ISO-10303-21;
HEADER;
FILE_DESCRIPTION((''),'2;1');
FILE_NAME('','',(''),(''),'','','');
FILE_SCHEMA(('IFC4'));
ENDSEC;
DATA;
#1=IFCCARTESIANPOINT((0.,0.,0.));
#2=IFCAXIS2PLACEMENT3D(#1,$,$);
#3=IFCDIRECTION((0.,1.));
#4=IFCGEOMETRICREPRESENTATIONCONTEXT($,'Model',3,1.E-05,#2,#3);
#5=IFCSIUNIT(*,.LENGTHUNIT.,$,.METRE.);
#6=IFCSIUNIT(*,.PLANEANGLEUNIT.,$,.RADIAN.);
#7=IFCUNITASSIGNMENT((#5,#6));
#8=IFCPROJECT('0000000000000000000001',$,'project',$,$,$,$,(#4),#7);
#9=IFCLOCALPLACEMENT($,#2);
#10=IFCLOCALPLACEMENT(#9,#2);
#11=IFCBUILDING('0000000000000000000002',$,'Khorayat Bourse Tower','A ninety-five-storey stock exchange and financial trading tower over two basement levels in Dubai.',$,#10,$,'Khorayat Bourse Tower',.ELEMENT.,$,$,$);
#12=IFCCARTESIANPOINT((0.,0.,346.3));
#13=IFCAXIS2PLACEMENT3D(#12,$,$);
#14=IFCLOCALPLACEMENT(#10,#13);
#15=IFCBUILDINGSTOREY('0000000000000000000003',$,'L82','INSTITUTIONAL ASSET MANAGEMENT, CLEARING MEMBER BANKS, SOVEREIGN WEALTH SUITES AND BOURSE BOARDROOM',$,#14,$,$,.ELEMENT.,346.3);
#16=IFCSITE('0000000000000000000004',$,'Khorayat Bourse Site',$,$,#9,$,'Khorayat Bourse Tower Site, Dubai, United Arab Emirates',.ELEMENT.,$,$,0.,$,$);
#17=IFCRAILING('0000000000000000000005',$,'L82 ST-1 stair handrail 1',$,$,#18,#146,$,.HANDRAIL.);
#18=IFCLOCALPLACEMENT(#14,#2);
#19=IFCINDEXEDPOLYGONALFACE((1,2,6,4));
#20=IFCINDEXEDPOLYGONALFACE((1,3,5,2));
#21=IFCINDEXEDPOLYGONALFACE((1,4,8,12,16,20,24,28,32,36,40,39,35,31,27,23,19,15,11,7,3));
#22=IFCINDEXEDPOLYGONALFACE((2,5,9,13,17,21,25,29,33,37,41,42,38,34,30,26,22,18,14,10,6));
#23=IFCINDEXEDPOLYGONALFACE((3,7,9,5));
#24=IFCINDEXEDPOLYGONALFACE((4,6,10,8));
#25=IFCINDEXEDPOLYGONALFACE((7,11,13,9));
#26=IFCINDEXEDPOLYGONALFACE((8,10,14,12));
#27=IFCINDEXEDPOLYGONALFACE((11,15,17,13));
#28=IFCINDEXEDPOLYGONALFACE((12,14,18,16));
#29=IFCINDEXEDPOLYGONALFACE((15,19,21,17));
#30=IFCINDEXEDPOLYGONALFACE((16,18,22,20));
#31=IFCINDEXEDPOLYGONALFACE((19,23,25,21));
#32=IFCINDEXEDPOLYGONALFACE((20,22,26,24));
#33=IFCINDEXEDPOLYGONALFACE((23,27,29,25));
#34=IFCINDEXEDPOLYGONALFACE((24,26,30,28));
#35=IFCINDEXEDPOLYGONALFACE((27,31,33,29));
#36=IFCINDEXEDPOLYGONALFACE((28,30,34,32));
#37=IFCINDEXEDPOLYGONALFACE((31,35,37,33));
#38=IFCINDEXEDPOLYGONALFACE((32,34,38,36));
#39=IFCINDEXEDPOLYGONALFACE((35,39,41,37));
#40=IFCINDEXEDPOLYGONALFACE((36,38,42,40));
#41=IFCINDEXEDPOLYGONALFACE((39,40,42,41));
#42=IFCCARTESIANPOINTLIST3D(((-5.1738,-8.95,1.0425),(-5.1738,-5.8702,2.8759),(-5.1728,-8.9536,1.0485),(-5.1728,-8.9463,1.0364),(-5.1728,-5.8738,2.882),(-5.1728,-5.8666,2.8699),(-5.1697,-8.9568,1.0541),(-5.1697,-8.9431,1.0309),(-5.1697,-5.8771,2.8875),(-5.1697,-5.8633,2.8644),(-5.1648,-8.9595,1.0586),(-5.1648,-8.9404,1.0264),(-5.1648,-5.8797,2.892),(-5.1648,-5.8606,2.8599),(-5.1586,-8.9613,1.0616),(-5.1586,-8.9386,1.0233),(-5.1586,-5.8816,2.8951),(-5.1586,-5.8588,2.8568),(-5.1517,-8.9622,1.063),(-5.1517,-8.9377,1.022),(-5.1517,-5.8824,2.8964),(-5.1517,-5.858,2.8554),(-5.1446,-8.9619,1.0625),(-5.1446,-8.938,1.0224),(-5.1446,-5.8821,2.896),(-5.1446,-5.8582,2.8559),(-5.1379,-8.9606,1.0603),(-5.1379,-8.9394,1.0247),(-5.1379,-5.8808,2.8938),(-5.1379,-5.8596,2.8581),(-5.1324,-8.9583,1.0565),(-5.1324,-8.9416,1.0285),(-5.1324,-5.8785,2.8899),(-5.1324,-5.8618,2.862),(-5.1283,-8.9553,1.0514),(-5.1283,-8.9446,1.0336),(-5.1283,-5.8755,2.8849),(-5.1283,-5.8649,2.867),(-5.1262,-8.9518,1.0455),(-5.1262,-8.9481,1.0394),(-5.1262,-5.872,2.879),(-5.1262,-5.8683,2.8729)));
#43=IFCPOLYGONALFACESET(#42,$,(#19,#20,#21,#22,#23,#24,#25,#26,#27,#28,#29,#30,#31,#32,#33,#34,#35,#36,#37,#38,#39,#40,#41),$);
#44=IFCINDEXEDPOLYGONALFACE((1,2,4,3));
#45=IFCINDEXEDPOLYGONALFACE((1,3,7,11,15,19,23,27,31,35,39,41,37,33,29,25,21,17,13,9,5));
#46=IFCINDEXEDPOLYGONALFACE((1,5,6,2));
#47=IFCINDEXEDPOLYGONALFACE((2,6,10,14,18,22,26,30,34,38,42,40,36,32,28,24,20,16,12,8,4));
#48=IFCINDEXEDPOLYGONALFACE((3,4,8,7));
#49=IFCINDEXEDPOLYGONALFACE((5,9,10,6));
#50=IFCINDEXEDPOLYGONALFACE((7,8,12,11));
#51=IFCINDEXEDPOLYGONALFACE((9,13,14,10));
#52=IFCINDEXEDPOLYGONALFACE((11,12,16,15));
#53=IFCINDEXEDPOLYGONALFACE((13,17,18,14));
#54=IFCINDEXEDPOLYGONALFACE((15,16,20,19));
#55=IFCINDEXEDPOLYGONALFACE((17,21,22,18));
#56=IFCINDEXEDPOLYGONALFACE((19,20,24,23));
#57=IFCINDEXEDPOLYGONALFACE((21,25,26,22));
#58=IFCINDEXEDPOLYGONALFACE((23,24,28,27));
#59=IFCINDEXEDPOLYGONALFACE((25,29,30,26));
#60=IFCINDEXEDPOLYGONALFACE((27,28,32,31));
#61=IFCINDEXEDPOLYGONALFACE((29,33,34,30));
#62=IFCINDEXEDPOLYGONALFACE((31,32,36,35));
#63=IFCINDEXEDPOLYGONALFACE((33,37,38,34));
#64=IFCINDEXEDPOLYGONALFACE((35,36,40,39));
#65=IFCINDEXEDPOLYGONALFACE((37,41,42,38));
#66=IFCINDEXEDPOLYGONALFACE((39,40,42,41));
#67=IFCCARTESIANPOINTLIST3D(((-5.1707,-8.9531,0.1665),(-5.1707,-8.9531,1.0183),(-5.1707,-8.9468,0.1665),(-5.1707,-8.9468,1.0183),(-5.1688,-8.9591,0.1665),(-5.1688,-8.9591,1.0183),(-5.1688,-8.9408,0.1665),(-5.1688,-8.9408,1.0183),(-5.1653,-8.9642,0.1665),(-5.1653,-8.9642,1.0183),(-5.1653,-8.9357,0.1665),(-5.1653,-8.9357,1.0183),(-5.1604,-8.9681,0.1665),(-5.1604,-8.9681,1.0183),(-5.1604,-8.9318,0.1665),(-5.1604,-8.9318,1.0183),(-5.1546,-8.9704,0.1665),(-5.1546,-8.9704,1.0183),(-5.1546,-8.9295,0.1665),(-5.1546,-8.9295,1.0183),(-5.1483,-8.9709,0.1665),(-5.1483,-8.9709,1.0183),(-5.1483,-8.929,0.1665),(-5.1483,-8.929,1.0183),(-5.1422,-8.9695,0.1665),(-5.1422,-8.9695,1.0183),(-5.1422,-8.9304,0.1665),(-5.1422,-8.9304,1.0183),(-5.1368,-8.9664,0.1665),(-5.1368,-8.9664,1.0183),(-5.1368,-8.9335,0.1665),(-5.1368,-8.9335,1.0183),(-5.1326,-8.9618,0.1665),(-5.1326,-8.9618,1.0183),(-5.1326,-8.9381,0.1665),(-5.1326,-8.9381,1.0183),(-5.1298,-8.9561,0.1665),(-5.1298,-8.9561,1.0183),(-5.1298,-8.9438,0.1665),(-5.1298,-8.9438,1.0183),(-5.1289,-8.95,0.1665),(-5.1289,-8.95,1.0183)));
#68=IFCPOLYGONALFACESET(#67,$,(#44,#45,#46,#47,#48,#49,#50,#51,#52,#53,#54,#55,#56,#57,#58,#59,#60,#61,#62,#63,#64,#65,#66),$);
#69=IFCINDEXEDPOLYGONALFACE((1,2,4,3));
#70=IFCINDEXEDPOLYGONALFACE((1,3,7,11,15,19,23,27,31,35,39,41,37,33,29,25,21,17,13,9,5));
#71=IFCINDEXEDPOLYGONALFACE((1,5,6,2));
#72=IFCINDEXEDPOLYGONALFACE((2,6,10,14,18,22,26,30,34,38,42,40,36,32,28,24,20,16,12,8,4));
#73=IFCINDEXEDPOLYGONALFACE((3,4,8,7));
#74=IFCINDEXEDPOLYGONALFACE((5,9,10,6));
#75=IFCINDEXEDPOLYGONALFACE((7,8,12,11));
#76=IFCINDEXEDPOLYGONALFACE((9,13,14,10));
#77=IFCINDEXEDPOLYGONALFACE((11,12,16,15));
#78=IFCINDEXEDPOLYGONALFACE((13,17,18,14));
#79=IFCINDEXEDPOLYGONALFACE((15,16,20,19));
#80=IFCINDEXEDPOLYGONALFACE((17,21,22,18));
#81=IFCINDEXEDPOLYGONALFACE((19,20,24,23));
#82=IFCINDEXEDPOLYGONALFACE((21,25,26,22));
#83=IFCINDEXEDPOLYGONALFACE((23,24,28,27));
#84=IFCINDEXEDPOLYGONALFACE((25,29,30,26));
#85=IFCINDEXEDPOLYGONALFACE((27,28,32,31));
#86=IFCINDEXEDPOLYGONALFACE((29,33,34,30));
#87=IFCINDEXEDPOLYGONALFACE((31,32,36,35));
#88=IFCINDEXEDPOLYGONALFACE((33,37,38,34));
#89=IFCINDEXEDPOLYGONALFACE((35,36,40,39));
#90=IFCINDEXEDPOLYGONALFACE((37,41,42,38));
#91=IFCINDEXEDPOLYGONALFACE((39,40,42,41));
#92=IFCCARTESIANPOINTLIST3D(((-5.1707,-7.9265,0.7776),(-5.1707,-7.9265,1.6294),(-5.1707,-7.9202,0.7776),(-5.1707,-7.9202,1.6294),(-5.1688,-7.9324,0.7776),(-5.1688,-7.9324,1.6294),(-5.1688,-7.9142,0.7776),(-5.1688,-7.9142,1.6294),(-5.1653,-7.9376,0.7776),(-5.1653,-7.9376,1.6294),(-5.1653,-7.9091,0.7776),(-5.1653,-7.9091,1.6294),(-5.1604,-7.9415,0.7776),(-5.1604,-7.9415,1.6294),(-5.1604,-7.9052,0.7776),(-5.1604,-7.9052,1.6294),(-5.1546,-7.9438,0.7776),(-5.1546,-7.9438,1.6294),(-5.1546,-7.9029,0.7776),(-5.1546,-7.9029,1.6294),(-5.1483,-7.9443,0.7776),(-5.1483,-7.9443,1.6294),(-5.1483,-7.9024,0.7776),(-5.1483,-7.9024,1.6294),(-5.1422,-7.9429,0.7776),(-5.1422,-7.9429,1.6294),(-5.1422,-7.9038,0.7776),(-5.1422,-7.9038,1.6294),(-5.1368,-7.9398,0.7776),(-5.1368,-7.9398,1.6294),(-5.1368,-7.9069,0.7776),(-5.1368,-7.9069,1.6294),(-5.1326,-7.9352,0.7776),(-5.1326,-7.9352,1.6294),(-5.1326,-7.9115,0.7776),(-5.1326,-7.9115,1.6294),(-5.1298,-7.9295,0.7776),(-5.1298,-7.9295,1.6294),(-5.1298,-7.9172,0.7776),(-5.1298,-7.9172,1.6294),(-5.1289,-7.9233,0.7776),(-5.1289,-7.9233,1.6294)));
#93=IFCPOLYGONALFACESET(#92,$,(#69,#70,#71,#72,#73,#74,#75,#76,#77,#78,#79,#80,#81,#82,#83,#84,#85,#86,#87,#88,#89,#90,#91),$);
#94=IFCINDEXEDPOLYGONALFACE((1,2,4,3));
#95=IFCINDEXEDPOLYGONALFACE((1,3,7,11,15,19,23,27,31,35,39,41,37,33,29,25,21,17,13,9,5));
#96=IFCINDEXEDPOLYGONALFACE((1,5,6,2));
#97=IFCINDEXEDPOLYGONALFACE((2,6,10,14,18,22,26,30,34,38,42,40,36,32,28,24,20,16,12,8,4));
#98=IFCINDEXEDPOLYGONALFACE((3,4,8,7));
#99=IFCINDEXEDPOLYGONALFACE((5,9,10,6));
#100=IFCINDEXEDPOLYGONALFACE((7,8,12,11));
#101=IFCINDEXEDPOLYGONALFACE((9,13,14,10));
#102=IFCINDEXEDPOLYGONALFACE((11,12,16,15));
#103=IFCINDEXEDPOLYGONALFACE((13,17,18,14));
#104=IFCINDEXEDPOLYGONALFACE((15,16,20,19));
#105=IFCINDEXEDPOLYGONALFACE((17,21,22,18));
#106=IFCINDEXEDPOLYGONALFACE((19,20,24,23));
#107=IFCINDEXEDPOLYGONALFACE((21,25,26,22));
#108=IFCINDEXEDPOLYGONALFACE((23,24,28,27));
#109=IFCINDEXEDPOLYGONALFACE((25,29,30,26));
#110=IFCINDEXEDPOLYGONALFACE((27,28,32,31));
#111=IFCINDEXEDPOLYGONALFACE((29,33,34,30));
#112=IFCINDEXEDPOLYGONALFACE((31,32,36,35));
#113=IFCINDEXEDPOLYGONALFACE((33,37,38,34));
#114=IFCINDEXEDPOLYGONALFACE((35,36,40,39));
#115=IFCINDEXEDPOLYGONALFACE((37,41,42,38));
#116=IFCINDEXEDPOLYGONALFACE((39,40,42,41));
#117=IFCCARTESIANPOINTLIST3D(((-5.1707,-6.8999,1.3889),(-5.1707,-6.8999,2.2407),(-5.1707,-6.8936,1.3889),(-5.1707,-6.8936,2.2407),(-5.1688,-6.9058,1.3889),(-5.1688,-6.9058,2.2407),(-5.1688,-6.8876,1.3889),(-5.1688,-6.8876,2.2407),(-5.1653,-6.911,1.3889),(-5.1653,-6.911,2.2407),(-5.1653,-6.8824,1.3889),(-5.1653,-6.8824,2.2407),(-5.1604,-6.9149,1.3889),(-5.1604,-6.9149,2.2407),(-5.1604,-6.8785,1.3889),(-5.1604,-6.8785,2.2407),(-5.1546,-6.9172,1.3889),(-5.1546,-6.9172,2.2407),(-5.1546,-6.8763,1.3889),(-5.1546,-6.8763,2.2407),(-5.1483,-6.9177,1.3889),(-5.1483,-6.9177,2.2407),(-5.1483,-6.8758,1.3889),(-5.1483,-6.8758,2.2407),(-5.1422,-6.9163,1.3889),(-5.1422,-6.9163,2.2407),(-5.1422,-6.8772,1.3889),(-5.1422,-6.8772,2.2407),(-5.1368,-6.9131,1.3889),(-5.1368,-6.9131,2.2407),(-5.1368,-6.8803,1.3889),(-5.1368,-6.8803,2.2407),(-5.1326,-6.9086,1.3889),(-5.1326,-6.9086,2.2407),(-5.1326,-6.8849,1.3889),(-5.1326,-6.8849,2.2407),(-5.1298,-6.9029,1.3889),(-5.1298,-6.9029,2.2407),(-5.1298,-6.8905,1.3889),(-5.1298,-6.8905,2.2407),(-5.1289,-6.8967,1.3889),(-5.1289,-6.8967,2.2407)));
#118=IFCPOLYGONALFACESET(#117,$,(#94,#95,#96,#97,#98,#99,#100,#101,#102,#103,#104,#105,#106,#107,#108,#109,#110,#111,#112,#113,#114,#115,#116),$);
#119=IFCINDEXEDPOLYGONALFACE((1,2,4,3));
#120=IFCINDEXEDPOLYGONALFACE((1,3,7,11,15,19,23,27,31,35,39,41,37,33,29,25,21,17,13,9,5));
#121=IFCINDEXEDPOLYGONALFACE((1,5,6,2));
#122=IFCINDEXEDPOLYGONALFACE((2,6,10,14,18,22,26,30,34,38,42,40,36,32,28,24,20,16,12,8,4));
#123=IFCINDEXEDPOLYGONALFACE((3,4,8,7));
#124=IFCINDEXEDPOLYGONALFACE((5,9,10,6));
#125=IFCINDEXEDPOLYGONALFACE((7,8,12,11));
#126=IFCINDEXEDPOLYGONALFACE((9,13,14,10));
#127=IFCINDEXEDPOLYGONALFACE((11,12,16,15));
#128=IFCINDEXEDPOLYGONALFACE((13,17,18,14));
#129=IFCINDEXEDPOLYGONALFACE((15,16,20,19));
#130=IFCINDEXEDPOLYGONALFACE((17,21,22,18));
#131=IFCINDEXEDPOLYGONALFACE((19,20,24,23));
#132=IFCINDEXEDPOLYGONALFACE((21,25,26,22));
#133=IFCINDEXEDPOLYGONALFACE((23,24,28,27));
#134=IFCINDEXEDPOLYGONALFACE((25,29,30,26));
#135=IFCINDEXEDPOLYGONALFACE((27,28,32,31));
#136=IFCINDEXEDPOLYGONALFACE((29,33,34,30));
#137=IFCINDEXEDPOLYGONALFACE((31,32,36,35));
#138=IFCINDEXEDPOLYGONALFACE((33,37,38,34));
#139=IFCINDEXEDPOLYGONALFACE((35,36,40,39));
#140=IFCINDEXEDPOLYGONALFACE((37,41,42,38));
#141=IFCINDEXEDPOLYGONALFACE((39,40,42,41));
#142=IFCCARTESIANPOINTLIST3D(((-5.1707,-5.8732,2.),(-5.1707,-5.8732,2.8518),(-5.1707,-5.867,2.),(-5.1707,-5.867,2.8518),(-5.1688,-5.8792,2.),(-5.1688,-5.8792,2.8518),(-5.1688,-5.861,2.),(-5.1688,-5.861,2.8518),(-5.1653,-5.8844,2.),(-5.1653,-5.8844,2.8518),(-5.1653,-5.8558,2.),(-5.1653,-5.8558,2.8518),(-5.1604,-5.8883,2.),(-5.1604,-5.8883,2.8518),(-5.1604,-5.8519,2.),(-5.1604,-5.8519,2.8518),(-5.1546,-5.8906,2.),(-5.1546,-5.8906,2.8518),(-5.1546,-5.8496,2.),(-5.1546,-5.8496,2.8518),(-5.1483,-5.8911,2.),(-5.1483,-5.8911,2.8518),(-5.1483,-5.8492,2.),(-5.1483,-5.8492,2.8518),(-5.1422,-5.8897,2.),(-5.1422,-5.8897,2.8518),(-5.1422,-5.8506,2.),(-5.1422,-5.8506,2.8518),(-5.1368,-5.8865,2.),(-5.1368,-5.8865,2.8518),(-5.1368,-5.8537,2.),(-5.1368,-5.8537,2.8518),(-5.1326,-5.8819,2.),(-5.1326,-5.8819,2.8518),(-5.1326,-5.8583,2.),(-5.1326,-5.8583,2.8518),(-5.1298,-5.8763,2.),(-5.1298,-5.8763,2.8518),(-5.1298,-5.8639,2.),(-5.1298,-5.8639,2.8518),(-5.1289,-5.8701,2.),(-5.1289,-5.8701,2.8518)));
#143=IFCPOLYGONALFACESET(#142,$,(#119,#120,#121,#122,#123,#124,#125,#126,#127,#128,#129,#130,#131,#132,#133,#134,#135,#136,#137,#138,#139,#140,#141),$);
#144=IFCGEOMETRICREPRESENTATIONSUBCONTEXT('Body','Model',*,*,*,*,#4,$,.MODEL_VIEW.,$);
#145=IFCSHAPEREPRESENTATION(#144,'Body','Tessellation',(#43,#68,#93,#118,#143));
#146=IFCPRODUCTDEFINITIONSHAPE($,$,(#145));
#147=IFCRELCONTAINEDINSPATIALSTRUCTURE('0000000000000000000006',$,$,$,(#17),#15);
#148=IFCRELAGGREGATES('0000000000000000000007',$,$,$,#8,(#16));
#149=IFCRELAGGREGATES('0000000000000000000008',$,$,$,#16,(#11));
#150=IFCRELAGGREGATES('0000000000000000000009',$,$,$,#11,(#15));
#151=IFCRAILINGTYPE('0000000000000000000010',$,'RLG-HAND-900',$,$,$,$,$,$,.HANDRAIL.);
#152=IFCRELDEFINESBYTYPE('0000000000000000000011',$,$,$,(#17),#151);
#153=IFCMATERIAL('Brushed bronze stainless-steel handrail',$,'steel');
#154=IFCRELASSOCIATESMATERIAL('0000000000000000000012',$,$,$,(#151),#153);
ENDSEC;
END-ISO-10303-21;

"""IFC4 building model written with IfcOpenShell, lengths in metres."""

from ifc_helpers import new_model, si_unit, direction, frame, origin, origin_2d, place, context, subcontext, project, spatial, circle, extrude, source, transform, mapped, material, type_object, element, save


model = new_model("IFC4")

# Units and contexts
model_context = context("Model", 3, precision=1e-05, world=origin(), true_north=direction((0.0, 1.0)))
body_context = subcontext(model_context, "Body", "Model", "MODEL_VIEW")
ifc_project = project(units=[si_unit("LENGTHUNIT", "METRE"), si_unit("PLANEANGLEUNIT", "RADIAN")], contexts=[model_context])

# Site, building, storey
site_placement = place(None, origin())
site = spatial("IfcSite", under=ifc_project, at=site_placement, Name="Khorayat Bourse Site", LongName="Khorayat Bourse Tower Site, Dubai, United Arab Emirates", CompositionType="ELEMENT", RefElevation=0.0)
building_placement = place(site_placement, origin())
building = spatial("IfcBuilding", under=site, at=building_placement, Name="Khorayat Bourse Tower", Description="A ninety-five-storey stock exchange and financial trading tower over two basement levels in Dubai.", LongName="Khorayat Bourse Tower", CompositionType="ELEMENT")
storey_placement = place(building_placement, frame((0.0, 0.0, 346.3)))
storey = spatial("IfcBuildingStorey", under=building, at=storey_placement, Name="L82", Description="INSTITUTIONAL ASSET MANAGEMENT, CLEARING MEMBER BANKS, SOVEREIGN WEALTH SUITES AND BOURSE BOARDROOM", CompositionType="ELEMENT", Elevation=346.3)

# Railing
ifc_material_1 = material(Name="Brushed bronze stainless-steel handrail", Category="steel")
railing_type_1 = type_object("IfcRailingType", Name="RLG-HAND-900", PredefinedType="HANDRAIL", material=ifc_material_1)
shared_shape_1 = source(origin(), body_context, "Body", "SweptSolid", [
    extrude(circle(Radius=0.0239, at=origin_2d()), frame((0.0, 0.0, 0.876), z_axis=(0.0, 0.859261, 0.511538), x_axis=(-1.0, 0.0, 0.0)), (0.0, 0.0, 1.0), 3.5842),
    extrude(circle(Radius=0.021, at=origin_2d()), origin(), (0.0, 0.0, 1.0), 0.8518),
    extrude(circle(Radius=0.021, at=origin_2d()), frame((0.0, 1.0266, 0.6111)), (0.0, 0.0, 1.0), 0.8518),
    extrude(circle(Radius=0.021, at=origin_2d()), frame((0.0, 2.0532, 1.2224)), (0.0, 0.0, 1.0), 0.8518),
    extrude(circle(Radius=0.021, at=origin_2d()), frame((0.0, 3.0798, 1.8335)), (0.0, 0.0, 1.0), 0.8518),
])
railing_1_placement = place(storey_placement, frame((-5.1499, -8.95, 0.1665)))
element("IfcRailing", 1, at=railing_1_placement, inside=storey, type_object=railing_type_1, Name="L82 ST-1 stair handrail 1", PredefinedType="HANDRAIL", context=body_context, shape_type="MappedRepresentation", body=[
    mapped(shared_shape_1, transform((0.0, 0.0, 0.0), scale=1.0)),
])

save(model, "model.ifc")
